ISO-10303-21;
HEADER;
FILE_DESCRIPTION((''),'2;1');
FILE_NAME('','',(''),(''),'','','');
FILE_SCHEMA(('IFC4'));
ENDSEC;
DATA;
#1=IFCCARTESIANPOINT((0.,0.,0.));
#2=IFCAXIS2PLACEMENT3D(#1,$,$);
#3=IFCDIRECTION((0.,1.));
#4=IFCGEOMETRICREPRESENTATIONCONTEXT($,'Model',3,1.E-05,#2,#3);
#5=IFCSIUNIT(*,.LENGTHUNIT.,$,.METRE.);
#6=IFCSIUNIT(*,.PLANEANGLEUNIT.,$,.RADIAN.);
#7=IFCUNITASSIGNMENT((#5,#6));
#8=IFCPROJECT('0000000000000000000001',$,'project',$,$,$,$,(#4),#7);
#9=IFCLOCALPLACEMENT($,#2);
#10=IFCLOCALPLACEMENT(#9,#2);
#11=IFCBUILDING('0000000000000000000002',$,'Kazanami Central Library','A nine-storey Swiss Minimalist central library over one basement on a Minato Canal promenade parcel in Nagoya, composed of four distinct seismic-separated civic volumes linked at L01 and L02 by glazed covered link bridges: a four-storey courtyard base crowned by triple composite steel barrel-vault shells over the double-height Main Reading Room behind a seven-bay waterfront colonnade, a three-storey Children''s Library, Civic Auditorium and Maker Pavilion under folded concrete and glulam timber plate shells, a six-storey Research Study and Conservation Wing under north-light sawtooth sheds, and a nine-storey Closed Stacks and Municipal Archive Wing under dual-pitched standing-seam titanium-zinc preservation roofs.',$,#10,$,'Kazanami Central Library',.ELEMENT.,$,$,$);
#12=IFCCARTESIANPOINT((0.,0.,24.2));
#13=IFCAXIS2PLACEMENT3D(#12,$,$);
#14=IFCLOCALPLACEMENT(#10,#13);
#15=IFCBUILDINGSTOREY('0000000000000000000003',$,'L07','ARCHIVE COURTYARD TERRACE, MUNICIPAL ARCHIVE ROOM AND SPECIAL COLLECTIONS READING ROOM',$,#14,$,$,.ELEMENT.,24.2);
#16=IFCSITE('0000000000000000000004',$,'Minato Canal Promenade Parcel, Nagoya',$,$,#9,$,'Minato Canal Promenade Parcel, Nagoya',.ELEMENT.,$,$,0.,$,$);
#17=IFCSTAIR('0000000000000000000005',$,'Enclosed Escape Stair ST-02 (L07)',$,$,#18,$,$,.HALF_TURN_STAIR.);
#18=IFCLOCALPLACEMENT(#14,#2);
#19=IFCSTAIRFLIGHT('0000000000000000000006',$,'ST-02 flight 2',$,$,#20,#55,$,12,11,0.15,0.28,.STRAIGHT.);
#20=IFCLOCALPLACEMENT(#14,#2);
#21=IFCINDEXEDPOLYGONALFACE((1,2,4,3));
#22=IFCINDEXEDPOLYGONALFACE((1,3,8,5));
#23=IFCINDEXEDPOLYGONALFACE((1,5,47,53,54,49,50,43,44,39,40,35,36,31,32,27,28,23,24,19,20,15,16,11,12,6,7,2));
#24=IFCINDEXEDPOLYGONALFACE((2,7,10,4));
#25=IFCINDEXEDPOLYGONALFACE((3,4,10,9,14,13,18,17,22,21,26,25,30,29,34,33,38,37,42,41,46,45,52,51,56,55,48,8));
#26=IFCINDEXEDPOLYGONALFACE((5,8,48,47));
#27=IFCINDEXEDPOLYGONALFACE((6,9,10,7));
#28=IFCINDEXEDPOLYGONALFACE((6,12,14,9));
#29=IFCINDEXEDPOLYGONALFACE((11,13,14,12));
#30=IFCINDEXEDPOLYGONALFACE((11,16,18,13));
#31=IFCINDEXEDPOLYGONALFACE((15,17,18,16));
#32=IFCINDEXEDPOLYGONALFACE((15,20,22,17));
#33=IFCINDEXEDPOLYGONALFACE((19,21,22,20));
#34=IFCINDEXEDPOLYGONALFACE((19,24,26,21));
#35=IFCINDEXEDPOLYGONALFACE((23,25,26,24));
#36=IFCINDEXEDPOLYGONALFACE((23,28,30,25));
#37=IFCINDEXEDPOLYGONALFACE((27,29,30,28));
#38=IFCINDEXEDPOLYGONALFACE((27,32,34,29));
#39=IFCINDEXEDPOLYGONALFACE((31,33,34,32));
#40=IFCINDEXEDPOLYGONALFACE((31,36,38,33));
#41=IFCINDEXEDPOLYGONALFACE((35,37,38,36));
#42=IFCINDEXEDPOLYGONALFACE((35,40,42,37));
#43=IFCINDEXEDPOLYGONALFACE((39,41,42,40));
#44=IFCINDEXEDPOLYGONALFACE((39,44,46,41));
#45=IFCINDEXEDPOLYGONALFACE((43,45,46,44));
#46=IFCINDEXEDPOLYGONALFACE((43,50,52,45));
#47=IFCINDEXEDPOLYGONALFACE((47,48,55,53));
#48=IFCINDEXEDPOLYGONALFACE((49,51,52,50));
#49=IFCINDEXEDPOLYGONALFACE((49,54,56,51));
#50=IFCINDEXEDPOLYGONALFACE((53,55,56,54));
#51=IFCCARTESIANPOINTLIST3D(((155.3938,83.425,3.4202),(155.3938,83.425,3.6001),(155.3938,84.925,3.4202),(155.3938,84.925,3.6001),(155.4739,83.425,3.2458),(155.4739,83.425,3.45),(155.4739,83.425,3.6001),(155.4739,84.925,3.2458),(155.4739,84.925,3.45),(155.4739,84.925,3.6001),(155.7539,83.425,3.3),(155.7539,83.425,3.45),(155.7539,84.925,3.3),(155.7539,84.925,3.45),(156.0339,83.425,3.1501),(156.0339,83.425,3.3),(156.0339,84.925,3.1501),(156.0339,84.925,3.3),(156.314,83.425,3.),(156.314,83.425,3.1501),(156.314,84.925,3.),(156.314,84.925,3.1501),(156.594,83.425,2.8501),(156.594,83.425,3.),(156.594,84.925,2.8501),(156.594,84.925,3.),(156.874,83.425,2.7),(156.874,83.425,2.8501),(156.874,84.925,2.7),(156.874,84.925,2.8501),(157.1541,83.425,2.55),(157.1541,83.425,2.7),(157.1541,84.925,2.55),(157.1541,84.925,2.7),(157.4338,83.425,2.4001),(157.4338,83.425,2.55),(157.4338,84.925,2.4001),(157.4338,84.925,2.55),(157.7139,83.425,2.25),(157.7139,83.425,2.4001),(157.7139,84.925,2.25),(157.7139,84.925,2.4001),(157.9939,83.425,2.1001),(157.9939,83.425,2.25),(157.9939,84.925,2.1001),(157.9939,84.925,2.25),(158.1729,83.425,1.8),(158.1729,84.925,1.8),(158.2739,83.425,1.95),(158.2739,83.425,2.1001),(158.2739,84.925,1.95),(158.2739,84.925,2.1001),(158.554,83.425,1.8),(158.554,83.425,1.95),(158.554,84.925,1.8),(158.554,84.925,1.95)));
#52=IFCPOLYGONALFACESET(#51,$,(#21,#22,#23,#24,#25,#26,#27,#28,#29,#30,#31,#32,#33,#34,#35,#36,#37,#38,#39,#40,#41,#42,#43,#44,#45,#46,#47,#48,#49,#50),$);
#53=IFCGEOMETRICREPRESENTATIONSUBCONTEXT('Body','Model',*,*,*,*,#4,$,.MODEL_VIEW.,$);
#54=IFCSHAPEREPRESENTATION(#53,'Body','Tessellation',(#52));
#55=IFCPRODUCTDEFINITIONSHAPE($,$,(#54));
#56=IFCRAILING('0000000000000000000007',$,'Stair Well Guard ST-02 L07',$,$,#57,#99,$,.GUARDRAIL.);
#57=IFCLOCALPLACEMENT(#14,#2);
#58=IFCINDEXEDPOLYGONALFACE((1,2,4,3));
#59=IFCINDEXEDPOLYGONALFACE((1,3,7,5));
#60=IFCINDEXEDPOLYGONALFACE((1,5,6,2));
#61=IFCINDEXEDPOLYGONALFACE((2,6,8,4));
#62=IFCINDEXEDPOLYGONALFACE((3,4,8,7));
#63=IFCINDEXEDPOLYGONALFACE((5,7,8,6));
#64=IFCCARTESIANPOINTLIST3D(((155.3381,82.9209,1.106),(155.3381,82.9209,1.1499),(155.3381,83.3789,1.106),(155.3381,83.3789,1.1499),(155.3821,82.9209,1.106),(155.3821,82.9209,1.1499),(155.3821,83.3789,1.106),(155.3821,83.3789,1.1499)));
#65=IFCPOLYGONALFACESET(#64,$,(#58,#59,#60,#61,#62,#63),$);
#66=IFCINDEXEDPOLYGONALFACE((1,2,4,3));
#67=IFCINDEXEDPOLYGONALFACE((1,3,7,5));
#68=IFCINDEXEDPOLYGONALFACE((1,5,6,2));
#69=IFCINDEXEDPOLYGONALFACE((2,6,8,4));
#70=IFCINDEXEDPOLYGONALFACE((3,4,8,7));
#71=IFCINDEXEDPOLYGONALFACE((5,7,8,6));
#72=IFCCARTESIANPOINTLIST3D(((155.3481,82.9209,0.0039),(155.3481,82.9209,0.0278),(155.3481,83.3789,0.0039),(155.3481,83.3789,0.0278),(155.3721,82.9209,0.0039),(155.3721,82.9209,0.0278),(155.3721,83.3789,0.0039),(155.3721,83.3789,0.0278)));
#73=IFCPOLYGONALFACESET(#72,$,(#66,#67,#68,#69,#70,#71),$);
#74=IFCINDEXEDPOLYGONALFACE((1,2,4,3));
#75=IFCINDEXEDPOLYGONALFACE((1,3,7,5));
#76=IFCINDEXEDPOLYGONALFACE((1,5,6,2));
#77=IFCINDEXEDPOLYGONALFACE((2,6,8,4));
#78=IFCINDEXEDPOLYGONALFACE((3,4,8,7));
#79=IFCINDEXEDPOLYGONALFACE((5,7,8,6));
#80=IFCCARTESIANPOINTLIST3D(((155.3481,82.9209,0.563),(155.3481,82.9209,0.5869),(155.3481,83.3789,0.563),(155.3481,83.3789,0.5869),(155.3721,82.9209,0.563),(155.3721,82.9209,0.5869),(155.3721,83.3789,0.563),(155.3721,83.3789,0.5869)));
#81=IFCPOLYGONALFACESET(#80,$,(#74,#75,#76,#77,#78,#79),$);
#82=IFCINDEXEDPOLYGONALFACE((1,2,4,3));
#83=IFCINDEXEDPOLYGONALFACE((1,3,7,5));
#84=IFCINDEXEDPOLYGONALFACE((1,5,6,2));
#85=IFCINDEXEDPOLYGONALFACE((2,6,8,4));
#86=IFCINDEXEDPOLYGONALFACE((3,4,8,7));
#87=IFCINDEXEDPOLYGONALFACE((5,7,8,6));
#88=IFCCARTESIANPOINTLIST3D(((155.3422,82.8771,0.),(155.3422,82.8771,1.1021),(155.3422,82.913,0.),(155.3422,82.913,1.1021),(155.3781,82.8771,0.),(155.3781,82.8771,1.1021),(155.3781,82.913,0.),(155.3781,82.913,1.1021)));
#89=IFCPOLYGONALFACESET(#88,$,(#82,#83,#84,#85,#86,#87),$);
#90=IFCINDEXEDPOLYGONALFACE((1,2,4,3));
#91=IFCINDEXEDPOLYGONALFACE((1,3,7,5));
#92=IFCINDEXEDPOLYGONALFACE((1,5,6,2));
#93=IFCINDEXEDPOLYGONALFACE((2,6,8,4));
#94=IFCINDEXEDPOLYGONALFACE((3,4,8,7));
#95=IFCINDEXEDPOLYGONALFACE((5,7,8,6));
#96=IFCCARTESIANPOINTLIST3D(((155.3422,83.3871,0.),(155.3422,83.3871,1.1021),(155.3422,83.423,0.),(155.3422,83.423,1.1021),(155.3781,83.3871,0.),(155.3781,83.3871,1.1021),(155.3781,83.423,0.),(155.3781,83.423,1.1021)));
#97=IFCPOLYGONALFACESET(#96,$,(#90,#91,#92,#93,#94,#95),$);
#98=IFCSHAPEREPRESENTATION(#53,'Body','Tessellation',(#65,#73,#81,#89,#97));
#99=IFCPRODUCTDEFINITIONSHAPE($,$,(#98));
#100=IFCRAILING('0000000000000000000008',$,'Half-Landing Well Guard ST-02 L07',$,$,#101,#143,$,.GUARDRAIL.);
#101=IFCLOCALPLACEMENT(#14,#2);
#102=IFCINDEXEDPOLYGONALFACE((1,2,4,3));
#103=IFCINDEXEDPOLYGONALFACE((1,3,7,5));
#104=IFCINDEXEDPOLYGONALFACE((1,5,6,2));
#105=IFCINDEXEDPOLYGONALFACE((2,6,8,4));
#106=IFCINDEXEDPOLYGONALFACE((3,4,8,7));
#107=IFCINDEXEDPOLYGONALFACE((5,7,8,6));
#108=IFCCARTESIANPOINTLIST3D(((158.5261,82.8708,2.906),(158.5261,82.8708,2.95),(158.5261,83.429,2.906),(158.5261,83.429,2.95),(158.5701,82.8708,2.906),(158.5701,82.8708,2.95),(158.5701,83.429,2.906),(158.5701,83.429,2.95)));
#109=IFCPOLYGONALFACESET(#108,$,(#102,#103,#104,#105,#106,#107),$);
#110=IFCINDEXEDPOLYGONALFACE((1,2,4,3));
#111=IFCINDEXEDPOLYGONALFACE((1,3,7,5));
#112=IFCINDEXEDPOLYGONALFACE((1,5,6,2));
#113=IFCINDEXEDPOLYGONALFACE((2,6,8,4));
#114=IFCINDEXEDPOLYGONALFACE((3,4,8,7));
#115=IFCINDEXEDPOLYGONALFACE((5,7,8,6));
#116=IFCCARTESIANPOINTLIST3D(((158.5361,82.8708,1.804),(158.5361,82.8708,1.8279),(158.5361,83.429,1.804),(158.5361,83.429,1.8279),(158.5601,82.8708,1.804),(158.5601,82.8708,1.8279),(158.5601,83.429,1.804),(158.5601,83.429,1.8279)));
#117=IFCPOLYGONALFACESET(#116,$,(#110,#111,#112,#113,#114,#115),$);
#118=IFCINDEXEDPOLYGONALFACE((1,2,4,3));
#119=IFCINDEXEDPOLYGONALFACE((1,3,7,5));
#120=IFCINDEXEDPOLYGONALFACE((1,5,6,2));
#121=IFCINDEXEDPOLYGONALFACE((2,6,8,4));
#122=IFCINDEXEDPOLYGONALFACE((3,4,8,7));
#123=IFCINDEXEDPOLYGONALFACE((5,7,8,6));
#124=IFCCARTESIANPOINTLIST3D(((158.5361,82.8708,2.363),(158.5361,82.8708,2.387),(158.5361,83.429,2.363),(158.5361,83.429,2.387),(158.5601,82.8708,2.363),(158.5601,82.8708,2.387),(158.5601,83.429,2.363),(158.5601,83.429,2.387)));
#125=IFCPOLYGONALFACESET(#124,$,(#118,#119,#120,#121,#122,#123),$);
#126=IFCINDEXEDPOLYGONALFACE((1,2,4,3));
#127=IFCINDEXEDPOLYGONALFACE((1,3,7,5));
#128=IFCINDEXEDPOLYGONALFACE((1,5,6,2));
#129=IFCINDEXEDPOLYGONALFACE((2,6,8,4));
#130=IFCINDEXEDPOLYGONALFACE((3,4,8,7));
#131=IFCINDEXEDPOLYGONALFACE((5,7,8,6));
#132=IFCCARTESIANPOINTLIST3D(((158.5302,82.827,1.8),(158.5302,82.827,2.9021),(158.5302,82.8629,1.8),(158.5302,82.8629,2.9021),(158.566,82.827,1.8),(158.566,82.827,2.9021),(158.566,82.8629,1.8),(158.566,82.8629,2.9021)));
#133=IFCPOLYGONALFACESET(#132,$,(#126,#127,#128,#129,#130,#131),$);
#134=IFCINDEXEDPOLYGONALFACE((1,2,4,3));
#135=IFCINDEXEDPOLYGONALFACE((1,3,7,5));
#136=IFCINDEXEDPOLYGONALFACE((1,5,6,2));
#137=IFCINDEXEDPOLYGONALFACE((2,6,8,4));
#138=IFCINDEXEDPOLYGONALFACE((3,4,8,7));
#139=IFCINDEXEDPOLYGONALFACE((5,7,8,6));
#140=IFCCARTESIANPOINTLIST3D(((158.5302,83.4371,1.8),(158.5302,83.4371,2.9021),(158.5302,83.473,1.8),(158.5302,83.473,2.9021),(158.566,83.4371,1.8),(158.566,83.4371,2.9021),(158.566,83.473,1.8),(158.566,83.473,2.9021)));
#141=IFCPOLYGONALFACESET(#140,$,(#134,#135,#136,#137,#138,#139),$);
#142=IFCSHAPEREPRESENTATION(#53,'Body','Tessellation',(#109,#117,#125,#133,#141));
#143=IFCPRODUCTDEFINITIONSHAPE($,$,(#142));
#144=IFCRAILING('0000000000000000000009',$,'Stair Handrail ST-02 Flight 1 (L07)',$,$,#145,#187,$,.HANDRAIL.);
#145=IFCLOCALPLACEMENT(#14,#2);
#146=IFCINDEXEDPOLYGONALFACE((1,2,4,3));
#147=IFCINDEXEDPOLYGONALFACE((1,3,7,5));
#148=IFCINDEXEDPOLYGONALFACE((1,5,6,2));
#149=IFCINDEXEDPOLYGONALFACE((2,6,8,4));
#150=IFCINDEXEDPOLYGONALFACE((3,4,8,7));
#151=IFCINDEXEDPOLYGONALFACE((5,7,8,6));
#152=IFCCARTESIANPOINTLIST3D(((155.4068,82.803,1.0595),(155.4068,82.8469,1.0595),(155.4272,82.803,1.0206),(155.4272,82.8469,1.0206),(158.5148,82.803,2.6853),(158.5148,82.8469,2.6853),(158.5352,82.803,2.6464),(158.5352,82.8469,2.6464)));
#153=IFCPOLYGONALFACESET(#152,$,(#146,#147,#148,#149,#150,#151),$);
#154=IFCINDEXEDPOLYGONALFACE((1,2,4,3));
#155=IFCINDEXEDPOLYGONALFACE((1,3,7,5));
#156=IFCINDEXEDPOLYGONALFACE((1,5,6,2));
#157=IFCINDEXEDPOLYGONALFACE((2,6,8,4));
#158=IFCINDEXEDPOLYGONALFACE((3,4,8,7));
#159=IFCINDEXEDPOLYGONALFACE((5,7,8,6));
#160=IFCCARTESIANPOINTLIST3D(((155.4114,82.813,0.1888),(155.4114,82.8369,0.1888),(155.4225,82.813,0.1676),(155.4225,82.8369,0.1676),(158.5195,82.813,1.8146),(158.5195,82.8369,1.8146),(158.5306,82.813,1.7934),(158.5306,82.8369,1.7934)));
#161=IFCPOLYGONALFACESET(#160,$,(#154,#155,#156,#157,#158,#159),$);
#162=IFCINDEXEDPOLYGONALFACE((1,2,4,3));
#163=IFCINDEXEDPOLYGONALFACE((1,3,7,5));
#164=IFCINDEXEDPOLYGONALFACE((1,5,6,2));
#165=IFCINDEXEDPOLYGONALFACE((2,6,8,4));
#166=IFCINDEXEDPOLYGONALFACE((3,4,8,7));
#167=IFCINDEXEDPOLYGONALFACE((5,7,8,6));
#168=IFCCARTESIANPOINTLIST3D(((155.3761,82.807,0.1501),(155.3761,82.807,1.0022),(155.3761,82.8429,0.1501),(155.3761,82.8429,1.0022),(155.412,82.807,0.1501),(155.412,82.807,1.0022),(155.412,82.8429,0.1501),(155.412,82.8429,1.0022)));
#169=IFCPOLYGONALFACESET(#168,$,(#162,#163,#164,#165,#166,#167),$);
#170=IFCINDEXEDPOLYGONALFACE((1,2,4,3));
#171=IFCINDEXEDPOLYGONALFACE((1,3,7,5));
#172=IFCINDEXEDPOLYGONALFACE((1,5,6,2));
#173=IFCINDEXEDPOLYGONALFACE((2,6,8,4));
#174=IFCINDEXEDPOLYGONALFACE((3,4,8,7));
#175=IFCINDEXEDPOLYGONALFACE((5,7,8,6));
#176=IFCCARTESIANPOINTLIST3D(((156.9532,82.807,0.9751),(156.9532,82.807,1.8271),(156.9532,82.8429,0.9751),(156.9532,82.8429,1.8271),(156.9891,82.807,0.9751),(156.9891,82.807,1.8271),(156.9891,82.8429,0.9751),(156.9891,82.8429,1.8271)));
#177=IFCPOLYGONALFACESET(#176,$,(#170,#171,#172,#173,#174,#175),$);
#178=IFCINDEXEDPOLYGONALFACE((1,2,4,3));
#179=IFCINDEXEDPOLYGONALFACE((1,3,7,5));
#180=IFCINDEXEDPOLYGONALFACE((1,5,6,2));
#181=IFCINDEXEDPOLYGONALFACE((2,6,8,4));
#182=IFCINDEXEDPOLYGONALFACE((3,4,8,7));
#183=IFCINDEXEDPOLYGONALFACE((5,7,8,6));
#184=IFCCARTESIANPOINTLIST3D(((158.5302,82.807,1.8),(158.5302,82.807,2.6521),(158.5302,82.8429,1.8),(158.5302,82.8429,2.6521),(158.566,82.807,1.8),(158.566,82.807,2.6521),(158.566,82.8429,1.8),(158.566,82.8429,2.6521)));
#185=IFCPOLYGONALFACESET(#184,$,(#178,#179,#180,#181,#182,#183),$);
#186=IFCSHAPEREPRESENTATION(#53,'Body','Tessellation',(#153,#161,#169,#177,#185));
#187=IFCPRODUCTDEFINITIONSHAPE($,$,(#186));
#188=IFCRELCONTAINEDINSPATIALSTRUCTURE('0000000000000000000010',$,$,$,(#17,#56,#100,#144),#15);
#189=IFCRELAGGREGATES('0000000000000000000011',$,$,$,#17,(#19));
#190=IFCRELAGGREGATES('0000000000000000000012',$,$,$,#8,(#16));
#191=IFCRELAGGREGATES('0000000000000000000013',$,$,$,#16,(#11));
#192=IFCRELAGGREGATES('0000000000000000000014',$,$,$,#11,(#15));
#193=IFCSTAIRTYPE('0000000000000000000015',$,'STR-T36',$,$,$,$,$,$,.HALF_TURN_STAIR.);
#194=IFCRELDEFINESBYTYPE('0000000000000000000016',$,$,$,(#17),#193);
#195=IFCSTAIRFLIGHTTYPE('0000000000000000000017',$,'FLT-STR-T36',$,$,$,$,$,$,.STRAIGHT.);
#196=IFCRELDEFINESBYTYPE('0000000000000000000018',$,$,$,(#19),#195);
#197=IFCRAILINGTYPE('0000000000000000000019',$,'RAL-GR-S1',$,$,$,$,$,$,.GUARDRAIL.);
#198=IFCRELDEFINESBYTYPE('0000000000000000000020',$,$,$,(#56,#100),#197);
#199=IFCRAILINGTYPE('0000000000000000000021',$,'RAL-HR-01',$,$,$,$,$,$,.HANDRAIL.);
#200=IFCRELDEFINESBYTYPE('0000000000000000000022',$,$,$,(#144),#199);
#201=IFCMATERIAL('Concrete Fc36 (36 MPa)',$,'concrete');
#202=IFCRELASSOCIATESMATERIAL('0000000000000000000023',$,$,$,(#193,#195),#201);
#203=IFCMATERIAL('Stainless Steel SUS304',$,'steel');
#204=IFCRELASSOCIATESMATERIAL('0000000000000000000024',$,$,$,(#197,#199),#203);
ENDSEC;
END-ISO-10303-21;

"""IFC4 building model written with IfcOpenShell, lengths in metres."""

from ifc_helpers import new_model, si_unit, direction, frame, origin, origin_2d, place, context, subcontext, project, spatial, polyline, rectangle, outline, extrude, material, type_object, element, aggregate, save


model = new_model("IFC4")

# Units and contexts
model_context = context("Model", 3, precision=1e-05, world=origin(), true_north=direction((0.0, 1.0)))
body_context = subcontext(model_context, "Body", "Model", "MODEL_VIEW")
ifc_project = project(units=[si_unit("LENGTHUNIT", "METRE"), si_unit("PLANEANGLEUNIT", "RADIAN")], contexts=[model_context])

# Site, building, storey
site_placement = place(None, origin())
site = spatial("IfcSite", under=ifc_project, at=site_placement, Name="Minato Canal Promenade Parcel, Nagoya", LongName="Minato Canal Promenade Parcel, Nagoya", CompositionType="ELEMENT", RefElevation=0.0)
building_placement = place(site_placement, origin())
building = spatial("IfcBuilding", under=site, at=building_placement, Name="Kazanami Central Library", Description="A nine-storey Swiss Minimalist central library over one basement on a Minato Canal promenade parcel in Nagoya, composed of four distinct seismic-separated civic volumes linked at L01 and L02 by glazed covered link bridges: a four-storey courtyard base crowned by triple composite steel barrel-vault shells over the double-height Main Reading Room behind a seven-bay waterfront colonnade, a three-storey Children's Library, Civic Auditorium and Maker Pavilion under folded concrete and glulam timber plate shells, a six-storey Research Study and Conservation Wing under north-light sawtooth sheds, and a nine-storey Closed Stacks and Municipal Archive Wing under dual-pitched standing-seam titanium-zinc preservation roofs.", LongName="Kazanami Central Library", CompositionType="ELEMENT")
storey_placement = place(building_placement, frame((0.0, 0.0, 24.2)))
storey = spatial("IfcBuildingStorey", under=building, at=storey_placement, Name="L07", Description="ARCHIVE COURTYARD TERRACE, MUNICIPAL ARCHIVE ROOM AND SPECIAL COLLECTIONS READING ROOM", CompositionType="ELEMENT", Elevation=24.2)

# Shared definitions
ifc_material_1 = material(Name="Concrete Fc36 (36 MPa)", Category="concrete")

# Stair, stair flight
stair_type = type_object("IfcStairType", Name="STR-T36", PredefinedType="HALF_TURN_STAIR", material=ifc_material_1)
stair_placement = place(storey_placement, origin())
stair = element("IfcStair", 1, at=stair_placement, inside=storey, type_object=stair_type, Name="Enclosed Escape Stair ST-02 (L07)", PredefinedType="HALF_TURN_STAIR")
stair_flight_type = type_object("IfcStairFlightType", Name="FLT-STR-T36", PredefinedType="STRAIGHT", material=ifc_material_1)
stair_flight_1_placement = place(storey_placement, frame((158.554, 84.175, 1.8), z_axis=(0.0, 0.0, 1.0), x_axis=(-1.0, 0.0, 0.0)))
stair_flight_1 = element("IfcStairFlight", 2, at=stair_flight_1_placement, type_object=stair_flight_type, Name="ST-02 flight 2", NumberOfRisers=12, NumberOfTreads=11, PredefinedType="STRAIGHT", RiserHeight=0.15, TreadLength=0.28, context=body_context, shape_type="SweptSolid", body=[
    extrude(outline(polyline([(0.0, 0.0), (0.0, 0.1499), (0.28, 0.1499), (0.28, 0.3), (0.5601, 0.3), (0.5601, 0.45), (0.8401, 0.45), (0.8401, 0.6001), (1.1201, 0.6001), (1.1201, 0.75), (1.3999, 0.75), (1.3999, 0.8999), (1.6799, 0.8999), (1.6799, 1.05), (1.96, 1.05), (1.96, 1.2), (2.24, 1.2), (2.24, 1.3501), (2.52, 1.3501), (2.52, 1.5), (2.8, 1.5), (2.8, 1.6499), (3.0801, 1.6499), (3.0801, 1.8), (3.1602, 1.8), (3.1602, 1.6201), (3.0801, 1.4458), (0.3811, 0.0), (0.0, 0.0)])), frame((0.0, 0.75, 0.0), z_axis=(0.0, -1.0, 0.0), x_axis=(1.0, 0.0, 0.0)), (0.0, 0.0, 1.0), 1.5),
])
aggregate(stair, [stair_flight_1])

# Railings
ifc_material_2 = material(Name="Stainless Steel SUS304", Category="steel")
railing_type_1 = type_object("IfcRailingType", Name="RAL-GR-S1", PredefinedType="GUARDRAIL", material=ifc_material_2)
railing_1_placement = place(storey_placement, frame((155.3601, 82.895, 0.0)))
element("IfcRailing", 3, at=railing_1_placement, inside=storey, type_object=railing_type_1, Name="Stair Well Guard ST-02 L07", PredefinedType="GUARDRAIL", context=body_context, shape_type="SweptSolid", body=[
    extrude(rectangle(XDim=0.0439, YDim=0.0439, at=origin_2d()), frame((0.0, 0.0259, 1.1279), z_axis=(0.0, 1.0, 0.0), x_axis=(-1.0, 0.0, 0.0)), (0.0, 0.0, 1.0), 0.458),
    extrude(rectangle(XDim=0.0239, YDim=0.0239, at=origin_2d()), frame((0.0, 0.0259, 0.0159), z_axis=(0.0, 1.0, 0.0), x_axis=(-1.0, 0.0, 0.0)), (0.0, 0.0, 1.0), 0.458),
    extrude(rectangle(XDim=0.0239, YDim=0.0239, at=origin_2d()), frame((0.0, 0.0259, 0.575), z_axis=(0.0, 1.0, 0.0), x_axis=(-1.0, 0.0, 0.0)), (0.0, 0.0, 1.0), 0.458),
    extrude(rectangle(XDim=0.0359, YDim=0.0359, at=origin_2d()), origin(), (0.0, 0.0, 1.0), 1.1021),
    extrude(rectangle(XDim=0.0359, YDim=0.0359, at=origin_2d()), frame((0.0, 0.51, 0.0)), (0.0, 0.0, 1.0), 1.1021),
])
railing_2_placement = place(storey_placement, frame((158.5481, 82.845, 1.8)))
element("IfcRailing", 4, at=railing_2_placement, inside=storey, type_object=railing_type_1, Name="Half-Landing Well Guard ST-02 L07", PredefinedType="GUARDRAIL", context=body_context, shape_type="SweptSolid", body=[
    extrude(rectangle(XDim=0.0439, YDim=0.0439, at=origin_2d()), frame((0.0, 0.0259, 1.1279), z_axis=(0.0, 1.0, 0.0), x_axis=(-1.0, 0.0, 0.0)), (0.0, 0.0, 1.0), 0.5581),
    extrude(rectangle(XDim=0.0239, YDim=0.0239, at=origin_2d()), frame((0.0, 0.0259, 0.0159), z_axis=(0.0, 1.0, 0.0), x_axis=(-1.0, 0.0, 0.0)), (0.0, 0.0, 1.0), 0.5581),
    extrude(rectangle(XDim=0.0239, YDim=0.0239, at=origin_2d()), frame((0.0, 0.0259, 0.575), z_axis=(0.0, 1.0, 0.0), x_axis=(-1.0, 0.0, 0.0)), (0.0, 0.0, 1.0), 0.5581),
    extrude(rectangle(XDim=0.0359, YDim=0.0359, at=origin_2d()), origin(), (0.0, 0.0, 1.0), 1.1021),
    extrude(rectangle(XDim=0.0359, YDim=0.0359, at=origin_2d()), frame((0.0, 0.6101, 0.0)), (0.0, 0.0, 1.0), 1.1021),
])
railing_type_2 = type_object("IfcRailingType", Name="RAL-HR-01", PredefinedType="HANDRAIL", material=ifc_material_2)
railing_3_placement = place(storey_placement, frame((155.394, 82.825, 0.1501)))
element("IfcRailing", 5, at=railing_3_placement, inside=storey, type_object=railing_type_2, Name="Stair Handrail ST-02 Flight 1 (L07)", PredefinedType="HANDRAIL", context=body_context, shape_type="SweptSolid", body=[
    extrude(rectangle(XDim=0.0439, YDim=0.0439, at=origin_2d()), frame((0.0229, 0.0, 0.8899), z_axis=(0.886088, 0.0, 0.463517), x_axis=(0.0, 1.0, 0.0)), (0.0, 0.0, 1.0), 3.5076),
    extrude(rectangle(XDim=0.0239, YDim=0.0239, at=origin_2d()), frame((0.0229, 0.0, 0.0281), z_axis=(0.886088, 0.0, 0.463517), x_axis=(0.0, 1.0, 0.0)), (0.0, 0.0, 1.0), 3.5076),
    extrude(rectangle(XDim=0.0359, YDim=0.0359, at=origin_2d()), origin(), (0.0, 0.0, 1.0), 0.8521),
    extrude(rectangle(XDim=0.0359, YDim=0.0359, at=origin_2d()), frame((1.5771, 0.0, 0.825)), (0.0, 0.0, 1.0), 0.8521),
    extrude(rectangle(XDim=0.0359, YDim=0.0359, at=origin_2d()), frame((3.1541, 0.0, 1.6499)), (0.0, 0.0, 1.0), 0.8521),
])

save(model, "model.ifc")
